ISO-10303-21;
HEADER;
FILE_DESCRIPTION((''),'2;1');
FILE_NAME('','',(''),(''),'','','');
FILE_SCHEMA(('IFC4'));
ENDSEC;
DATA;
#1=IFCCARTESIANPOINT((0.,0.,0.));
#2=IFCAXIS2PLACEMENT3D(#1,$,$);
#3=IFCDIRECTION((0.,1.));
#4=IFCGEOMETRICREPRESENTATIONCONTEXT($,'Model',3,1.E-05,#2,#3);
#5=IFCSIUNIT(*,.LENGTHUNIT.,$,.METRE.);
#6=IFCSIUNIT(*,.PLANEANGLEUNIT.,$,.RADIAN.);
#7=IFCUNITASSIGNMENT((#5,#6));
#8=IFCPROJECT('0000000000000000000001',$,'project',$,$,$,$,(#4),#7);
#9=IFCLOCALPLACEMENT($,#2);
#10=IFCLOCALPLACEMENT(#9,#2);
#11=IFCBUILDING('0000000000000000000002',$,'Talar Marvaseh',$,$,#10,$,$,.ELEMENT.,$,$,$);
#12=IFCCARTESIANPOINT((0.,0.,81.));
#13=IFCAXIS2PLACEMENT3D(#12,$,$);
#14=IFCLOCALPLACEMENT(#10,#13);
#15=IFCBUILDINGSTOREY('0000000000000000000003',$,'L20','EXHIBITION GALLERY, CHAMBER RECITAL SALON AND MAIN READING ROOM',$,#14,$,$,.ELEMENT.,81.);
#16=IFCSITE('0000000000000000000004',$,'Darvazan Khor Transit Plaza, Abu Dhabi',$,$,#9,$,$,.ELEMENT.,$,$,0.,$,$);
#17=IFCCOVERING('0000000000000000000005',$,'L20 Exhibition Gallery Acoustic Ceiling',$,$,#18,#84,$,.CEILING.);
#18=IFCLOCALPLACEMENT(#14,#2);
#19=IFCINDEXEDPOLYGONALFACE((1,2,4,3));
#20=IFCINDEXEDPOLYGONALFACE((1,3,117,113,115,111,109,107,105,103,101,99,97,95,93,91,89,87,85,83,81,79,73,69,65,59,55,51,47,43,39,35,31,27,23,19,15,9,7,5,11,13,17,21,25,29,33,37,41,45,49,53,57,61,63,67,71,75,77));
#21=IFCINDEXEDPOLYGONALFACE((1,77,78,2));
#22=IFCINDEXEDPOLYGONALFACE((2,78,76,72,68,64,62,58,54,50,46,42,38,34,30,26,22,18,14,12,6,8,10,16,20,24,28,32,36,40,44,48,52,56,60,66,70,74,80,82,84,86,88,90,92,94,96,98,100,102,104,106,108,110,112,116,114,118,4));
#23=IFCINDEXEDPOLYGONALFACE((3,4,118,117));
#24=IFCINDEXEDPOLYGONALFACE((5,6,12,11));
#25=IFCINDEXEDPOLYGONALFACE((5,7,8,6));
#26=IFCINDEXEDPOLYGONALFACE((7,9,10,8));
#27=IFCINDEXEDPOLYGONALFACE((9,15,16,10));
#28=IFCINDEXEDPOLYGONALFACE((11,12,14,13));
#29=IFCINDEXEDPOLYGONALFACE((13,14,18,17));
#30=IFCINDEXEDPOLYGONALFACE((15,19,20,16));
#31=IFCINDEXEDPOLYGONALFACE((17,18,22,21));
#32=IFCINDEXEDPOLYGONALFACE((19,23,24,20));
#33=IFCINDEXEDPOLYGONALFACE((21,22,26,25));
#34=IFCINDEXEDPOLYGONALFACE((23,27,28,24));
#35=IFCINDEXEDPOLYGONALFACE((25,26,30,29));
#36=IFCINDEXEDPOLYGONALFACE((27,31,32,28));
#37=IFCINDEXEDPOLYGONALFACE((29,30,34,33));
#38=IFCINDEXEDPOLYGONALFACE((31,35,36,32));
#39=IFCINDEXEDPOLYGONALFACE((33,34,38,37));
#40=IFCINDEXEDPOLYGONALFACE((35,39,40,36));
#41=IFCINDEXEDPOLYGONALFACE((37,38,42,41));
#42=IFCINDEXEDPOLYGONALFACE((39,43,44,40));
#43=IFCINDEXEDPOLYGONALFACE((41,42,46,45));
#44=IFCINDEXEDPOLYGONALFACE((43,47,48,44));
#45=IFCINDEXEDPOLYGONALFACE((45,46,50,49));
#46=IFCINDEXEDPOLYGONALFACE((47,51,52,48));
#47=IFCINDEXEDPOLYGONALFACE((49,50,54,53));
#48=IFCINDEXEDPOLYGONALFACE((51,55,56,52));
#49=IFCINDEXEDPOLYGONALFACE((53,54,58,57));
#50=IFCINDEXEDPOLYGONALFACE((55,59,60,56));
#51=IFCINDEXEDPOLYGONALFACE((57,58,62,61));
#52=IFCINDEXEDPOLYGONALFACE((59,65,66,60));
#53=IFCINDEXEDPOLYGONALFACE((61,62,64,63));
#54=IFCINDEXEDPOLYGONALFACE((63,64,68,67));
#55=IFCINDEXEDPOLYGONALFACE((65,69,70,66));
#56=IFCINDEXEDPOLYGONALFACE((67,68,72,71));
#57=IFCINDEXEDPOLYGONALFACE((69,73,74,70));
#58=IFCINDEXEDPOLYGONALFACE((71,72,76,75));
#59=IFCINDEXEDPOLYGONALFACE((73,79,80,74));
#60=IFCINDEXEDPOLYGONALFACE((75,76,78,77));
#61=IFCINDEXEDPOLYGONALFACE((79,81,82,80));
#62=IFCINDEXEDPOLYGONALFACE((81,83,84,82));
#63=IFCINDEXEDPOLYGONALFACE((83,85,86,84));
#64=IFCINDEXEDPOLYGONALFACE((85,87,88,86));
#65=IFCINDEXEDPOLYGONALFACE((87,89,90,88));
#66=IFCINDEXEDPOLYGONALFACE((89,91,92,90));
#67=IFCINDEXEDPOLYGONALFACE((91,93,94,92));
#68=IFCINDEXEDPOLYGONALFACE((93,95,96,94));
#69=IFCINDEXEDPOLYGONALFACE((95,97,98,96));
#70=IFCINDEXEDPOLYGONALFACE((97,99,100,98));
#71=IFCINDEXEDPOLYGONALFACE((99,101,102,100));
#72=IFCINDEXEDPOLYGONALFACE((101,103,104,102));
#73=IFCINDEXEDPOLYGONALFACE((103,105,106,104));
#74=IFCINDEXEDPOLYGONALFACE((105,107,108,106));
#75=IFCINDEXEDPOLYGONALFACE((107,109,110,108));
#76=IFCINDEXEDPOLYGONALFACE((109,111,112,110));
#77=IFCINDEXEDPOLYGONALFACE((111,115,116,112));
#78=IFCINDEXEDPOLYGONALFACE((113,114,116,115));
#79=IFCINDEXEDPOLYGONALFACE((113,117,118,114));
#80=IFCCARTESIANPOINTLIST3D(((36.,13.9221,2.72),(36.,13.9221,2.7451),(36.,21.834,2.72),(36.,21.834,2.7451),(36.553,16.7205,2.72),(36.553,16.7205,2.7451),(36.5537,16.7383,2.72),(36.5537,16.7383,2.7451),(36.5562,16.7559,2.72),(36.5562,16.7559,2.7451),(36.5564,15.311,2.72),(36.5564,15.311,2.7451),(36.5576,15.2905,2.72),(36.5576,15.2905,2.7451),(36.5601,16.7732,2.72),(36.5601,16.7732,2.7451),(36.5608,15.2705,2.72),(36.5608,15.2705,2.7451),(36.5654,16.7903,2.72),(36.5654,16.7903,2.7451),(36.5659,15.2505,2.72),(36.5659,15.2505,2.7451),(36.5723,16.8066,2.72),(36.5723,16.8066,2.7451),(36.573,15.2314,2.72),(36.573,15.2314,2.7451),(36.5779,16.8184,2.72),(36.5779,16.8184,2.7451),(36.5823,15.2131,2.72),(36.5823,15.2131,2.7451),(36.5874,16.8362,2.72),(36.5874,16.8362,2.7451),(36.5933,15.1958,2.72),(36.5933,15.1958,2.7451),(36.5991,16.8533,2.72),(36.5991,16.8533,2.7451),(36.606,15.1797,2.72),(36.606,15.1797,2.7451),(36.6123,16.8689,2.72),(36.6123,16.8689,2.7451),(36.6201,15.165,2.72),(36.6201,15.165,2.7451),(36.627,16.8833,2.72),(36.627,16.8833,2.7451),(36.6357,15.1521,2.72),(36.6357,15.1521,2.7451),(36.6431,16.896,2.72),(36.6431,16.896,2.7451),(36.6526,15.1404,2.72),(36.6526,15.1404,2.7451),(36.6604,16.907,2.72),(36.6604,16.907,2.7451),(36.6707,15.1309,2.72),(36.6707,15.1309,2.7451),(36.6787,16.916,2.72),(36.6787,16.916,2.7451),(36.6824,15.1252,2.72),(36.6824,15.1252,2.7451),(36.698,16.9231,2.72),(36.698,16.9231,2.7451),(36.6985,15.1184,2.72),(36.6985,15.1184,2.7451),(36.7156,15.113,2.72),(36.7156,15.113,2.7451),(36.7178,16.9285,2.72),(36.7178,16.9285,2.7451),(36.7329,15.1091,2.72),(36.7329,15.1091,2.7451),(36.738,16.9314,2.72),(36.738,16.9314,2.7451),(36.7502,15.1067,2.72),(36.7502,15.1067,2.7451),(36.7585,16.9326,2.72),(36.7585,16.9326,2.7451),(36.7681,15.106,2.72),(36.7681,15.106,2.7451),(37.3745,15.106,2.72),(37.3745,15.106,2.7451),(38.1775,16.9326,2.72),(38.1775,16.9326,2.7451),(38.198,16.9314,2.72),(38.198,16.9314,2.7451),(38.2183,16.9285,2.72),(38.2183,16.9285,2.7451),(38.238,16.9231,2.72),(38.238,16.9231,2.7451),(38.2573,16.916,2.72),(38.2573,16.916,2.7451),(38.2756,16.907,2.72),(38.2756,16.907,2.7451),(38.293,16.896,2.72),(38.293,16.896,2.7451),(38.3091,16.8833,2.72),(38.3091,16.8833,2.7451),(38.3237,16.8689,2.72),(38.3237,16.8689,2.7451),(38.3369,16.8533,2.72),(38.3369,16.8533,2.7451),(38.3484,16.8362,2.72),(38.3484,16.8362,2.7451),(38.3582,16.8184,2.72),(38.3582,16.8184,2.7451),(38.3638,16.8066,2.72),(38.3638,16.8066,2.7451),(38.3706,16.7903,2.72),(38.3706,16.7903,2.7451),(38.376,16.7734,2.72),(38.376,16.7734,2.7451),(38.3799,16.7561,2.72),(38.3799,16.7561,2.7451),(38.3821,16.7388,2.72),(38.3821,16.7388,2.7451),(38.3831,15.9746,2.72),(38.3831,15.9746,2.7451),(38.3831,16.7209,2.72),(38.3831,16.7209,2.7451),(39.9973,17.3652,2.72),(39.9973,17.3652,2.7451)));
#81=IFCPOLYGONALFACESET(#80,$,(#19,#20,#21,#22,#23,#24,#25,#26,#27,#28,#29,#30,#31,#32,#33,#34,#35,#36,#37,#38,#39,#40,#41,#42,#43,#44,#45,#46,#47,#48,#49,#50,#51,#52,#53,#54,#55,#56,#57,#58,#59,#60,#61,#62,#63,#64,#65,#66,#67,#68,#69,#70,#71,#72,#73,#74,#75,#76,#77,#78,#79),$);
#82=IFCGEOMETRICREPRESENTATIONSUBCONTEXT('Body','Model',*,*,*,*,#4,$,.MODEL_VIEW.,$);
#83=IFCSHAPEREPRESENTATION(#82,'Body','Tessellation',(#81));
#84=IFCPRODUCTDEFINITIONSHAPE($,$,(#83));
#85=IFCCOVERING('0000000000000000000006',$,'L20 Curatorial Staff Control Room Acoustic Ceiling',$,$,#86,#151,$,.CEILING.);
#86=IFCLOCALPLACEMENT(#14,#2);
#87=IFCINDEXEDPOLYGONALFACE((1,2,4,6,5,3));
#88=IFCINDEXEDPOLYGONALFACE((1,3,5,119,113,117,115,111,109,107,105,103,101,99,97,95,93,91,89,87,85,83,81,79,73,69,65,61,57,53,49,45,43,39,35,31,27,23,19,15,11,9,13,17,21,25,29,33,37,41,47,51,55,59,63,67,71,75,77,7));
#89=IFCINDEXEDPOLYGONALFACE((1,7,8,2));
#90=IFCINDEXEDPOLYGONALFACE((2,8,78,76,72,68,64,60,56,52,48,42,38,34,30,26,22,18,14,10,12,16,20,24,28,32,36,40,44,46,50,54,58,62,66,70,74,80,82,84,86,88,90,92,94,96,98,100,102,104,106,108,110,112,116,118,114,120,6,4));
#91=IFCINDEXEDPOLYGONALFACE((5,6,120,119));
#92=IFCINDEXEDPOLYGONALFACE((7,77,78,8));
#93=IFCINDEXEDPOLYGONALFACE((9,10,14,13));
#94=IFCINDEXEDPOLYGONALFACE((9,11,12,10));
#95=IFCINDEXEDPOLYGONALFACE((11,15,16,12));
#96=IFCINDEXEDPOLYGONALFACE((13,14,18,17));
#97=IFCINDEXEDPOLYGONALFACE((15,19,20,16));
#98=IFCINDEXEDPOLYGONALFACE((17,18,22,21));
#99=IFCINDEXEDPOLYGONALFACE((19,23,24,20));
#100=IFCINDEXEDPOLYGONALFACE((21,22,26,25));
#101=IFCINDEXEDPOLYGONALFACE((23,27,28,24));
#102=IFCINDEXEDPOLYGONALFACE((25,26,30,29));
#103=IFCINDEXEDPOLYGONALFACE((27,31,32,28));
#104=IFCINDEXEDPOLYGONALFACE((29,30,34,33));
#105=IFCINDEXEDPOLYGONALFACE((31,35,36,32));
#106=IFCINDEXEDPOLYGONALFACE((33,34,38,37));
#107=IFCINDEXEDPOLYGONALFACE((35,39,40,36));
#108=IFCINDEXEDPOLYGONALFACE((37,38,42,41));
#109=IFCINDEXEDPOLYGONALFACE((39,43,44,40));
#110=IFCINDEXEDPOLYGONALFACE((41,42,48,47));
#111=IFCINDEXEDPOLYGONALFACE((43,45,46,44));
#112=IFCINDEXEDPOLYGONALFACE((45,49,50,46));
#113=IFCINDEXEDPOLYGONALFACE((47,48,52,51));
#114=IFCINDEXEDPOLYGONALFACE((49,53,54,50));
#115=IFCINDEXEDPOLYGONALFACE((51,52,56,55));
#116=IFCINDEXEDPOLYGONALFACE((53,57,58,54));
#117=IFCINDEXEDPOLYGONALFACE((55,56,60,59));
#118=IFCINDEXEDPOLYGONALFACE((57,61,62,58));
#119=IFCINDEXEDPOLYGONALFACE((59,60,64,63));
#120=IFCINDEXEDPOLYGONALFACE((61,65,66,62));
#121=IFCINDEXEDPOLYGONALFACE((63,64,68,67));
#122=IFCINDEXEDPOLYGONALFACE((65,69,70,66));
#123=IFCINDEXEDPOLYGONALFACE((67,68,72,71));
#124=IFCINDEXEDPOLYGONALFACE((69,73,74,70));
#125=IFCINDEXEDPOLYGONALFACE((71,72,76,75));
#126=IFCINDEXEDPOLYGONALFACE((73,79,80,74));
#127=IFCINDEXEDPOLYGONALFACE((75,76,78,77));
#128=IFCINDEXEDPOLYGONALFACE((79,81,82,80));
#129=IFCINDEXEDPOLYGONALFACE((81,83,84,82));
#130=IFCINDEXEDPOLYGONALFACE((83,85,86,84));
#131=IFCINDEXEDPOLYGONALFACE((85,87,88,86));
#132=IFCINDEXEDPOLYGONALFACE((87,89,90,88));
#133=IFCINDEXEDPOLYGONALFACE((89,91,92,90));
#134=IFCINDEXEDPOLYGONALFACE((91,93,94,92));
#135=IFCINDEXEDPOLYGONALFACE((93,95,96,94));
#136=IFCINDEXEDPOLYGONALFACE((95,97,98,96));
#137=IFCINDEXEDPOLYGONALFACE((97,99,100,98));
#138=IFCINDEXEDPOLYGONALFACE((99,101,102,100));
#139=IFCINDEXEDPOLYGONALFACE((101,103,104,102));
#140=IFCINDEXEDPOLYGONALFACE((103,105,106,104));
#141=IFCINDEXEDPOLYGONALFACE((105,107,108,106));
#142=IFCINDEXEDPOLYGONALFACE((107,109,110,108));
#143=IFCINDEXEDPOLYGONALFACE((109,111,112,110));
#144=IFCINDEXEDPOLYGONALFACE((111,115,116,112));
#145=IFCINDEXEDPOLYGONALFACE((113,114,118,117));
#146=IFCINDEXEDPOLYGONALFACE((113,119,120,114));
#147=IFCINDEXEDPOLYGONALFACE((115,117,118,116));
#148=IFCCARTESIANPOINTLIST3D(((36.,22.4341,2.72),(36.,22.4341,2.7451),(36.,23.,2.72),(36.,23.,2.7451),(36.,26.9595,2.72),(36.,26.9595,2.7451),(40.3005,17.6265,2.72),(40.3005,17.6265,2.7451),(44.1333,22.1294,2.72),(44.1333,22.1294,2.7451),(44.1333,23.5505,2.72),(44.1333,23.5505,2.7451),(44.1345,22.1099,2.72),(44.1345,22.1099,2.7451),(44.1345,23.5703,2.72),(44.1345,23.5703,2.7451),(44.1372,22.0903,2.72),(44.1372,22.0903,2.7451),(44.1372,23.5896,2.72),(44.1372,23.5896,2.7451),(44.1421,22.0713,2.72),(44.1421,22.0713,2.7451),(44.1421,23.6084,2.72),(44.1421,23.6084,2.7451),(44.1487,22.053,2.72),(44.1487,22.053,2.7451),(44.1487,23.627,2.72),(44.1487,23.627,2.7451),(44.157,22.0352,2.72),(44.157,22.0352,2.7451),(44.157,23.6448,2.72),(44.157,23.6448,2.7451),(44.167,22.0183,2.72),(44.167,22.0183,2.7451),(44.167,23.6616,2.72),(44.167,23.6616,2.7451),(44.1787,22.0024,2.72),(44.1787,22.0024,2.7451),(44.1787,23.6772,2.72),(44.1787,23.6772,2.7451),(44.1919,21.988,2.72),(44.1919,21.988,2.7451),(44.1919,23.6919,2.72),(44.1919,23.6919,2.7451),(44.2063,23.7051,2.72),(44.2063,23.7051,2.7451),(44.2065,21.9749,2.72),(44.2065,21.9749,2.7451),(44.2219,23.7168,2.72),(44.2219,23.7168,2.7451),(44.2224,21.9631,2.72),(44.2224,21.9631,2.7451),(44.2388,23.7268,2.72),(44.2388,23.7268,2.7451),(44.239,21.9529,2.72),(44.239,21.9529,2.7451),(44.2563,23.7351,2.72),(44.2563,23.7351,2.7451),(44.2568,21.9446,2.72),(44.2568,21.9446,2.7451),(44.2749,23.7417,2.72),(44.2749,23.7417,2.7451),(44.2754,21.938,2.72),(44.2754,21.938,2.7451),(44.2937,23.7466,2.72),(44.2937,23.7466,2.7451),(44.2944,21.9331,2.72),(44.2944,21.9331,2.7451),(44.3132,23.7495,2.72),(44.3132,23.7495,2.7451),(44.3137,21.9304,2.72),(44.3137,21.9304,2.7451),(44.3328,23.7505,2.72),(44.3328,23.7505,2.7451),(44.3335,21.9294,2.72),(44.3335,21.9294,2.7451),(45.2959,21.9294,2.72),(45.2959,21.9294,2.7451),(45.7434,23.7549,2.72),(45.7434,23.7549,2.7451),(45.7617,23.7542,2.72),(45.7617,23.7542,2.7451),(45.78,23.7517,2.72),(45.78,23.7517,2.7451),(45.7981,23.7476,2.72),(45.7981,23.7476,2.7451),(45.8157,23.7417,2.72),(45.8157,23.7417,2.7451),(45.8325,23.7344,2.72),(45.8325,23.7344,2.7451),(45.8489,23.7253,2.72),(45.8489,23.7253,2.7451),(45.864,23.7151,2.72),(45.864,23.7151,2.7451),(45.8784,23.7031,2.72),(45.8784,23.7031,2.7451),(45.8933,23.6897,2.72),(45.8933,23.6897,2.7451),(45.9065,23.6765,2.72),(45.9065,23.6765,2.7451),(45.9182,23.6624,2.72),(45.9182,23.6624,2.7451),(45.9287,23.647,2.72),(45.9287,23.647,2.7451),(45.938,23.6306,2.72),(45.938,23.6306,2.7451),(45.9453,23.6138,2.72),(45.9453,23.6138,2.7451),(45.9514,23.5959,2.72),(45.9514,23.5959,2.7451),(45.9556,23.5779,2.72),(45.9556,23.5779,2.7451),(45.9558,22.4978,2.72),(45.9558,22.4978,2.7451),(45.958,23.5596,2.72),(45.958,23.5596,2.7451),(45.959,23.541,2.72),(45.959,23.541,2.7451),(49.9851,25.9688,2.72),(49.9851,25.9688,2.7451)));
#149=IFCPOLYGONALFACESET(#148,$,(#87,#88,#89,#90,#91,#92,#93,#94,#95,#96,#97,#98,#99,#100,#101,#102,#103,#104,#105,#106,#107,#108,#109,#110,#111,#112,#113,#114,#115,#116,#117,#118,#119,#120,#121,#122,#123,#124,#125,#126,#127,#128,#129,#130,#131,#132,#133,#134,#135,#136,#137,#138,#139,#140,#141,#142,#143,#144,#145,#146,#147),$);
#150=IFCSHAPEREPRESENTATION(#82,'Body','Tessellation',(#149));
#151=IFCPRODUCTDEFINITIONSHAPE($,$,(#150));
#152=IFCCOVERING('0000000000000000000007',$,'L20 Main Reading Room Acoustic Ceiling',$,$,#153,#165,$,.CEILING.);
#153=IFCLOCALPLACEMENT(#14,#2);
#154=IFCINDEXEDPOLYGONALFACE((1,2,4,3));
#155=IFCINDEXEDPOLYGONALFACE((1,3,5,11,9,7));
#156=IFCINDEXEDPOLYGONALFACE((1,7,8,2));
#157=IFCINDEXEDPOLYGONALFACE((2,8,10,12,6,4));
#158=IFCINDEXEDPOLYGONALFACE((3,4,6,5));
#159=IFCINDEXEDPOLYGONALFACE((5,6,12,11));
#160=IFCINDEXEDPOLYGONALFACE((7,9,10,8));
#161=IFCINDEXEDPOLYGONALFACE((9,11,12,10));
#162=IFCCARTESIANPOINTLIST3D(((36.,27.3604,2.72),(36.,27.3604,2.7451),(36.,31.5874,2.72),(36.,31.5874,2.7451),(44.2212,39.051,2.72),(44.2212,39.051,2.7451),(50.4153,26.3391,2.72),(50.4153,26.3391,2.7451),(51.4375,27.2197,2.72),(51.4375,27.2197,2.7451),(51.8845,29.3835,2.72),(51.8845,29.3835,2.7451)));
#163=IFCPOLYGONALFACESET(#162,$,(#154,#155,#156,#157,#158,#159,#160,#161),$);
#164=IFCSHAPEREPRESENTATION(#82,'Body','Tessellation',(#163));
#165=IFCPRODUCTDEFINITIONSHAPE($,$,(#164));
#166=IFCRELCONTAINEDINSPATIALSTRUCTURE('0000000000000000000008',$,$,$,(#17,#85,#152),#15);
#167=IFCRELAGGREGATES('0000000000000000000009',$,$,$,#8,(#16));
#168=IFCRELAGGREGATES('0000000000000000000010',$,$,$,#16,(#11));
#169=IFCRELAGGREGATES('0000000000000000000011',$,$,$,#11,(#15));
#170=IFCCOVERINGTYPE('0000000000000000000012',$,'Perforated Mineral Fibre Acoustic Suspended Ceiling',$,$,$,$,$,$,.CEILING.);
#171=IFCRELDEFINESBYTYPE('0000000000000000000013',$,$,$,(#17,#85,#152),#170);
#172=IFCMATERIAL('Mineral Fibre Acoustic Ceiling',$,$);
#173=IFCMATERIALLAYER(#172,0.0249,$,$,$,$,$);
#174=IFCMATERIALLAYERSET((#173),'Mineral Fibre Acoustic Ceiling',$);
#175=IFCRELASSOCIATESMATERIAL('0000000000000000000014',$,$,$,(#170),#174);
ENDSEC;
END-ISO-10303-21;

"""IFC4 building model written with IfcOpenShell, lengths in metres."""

from ifc_helpers import new_model, si_unit, direction, frame, origin, place, context, subcontext, project, spatial, polyline, outline, extrude, material, layer, layer_set, type_object, element, save


model = new_model("IFC4")

# Units and contexts
model_context = context("Model", 3, precision=1e-05, world=origin(), true_north=direction((0.0, 1.0)))
body_context = subcontext(model_context, "Body", "Model", "MODEL_VIEW")
ifc_project = project(units=[si_unit("LENGTHUNIT", "METRE"), si_unit("PLANEANGLEUNIT", "RADIAN")], contexts=[model_context])

# Site, building, storey
site_placement = place(None, origin())
site = spatial("IfcSite", under=ifc_project, at=site_placement, Name="Darvazan Khor Transit Plaza, Abu Dhabi", CompositionType="ELEMENT", RefElevation=0.0)
building_placement = place(site_placement, origin())
building = spatial("IfcBuilding", under=site, at=building_placement, Name="Talar Marvaseh", CompositionType="ELEMENT")
storey_placement = place(building_placement, frame((0.0, 0.0, 81.0)))
storey = spatial("IfcBuildingStorey", under=building, at=storey_placement, Name="L20", Description="EXHIBITION GALLERY, CHAMBER RECITAL SALON AND MAIN READING ROOM", CompositionType="ELEMENT", Elevation=81.0)

# Coverings
ifc_material_1 = material(Name="Mineral Fibre Acoustic Ceiling")
ifc_layer_1 = layer(ifc_material_1, 0.0249)
ifc_layer_set_1 = layer_set([ifc_layer_1], Name="Mineral Fibre Acoustic Ceiling")
covering_type_1 = type_object("IfcCoveringType", Name="Perforated Mineral Fibre Acoustic Suspended Ceiling", PredefinedType="CEILING", material=ifc_layer_set_1)
covering_1_placement = place(storey_placement, frame((0.0, 0.0, 2.72)))
element("IfcCovering", 1, at=covering_1_placement, inside=storey, type_object=covering_type_1, Name="L20 Exhibition Gallery Acoustic Ceiling", PredefinedType="CEILING", context=body_context, shape_type="SweptSolid", body=[
    extrude(outline(polyline([(38.3831, 15.9746), (38.3831, 16.7209), (38.3821, 16.7388), (38.3799, 16.7561), (38.376, 16.7734), (38.3706, 16.7903), (38.3638, 16.8066), (38.3582, 16.8184), (38.3484, 16.8362), (38.3369, 16.8533), (38.3237, 16.8689), (38.3091, 16.8833), (38.293, 16.896), (38.2756, 16.907), (38.2573, 16.916), (38.238, 16.9231), (38.2183, 16.9285), (38.198, 16.9314), (38.1775, 16.9326), (36.7585, 16.9326), (36.738, 16.9314), (36.7178, 16.9285), (36.698, 16.9231), (36.6787, 16.916), (36.6604, 16.907), (36.6431, 16.896), (36.627, 16.8833), (36.6123, 16.8689), (36.5991, 16.8533), (36.5874, 16.8362), (36.5779, 16.8184), (36.5723, 16.8066), (36.5654, 16.7903), (36.5601, 16.7732), (36.5562, 16.7559), (36.5537, 16.7383), (36.553, 16.7205), (36.5564, 15.311), (36.5576, 15.2905), (36.5608, 15.2705), (36.5659, 15.2505), (36.573, 15.2314), (36.5823, 15.2131), (36.5933, 15.1958), (36.606, 15.1797), (36.6201, 15.165), (36.6357, 15.1521), (36.6526, 15.1404), (36.6707, 15.1309), (36.6824, 15.1252), (36.6985, 15.1184), (36.7156, 15.113), (36.7329, 15.1091), (36.7502, 15.1067), (36.7681, 15.106), (37.3745, 15.106), (36.0, 13.9221), (36.0, 21.834), (39.9973, 17.3652), (38.3831, 15.9746)])), origin(), (0.0, 0.0, 1.0), 0.0251),
])
covering_2_placement = place(storey_placement, frame((0.0, 0.0, 2.72)))
element("IfcCovering", 2, at=covering_2_placement, inside=storey, type_object=covering_type_1, Name="L20 Curatorial Staff Control Room Acoustic Ceiling", PredefinedType="CEILING", context=body_context, shape_type="SweptSolid", body=[
    extrude(outline(polyline([(49.9851, 25.9688), (45.9558, 22.4978), (45.959, 23.541), (45.958, 23.5596), (45.9556, 23.5779), (45.9514, 23.5959), (45.9453, 23.6138), (45.938, 23.6306), (45.9287, 23.647), (45.9182, 23.6624), (45.9065, 23.6765), (45.8933, 23.6897), (45.8784, 23.7031), (45.864, 23.7151), (45.8489, 23.7253), (45.8325, 23.7344), (45.8157, 23.7417), (45.7981, 23.7476), (45.78, 23.7517), (45.7617, 23.7542), (45.7434, 23.7549), (44.3328, 23.7505), (44.3132, 23.7495), (44.2937, 23.7466), (44.2749, 23.7417), (44.2563, 23.7351), (44.2388, 23.7268), (44.2219, 23.7168), (44.2063, 23.7051), (44.1919, 23.6919), (44.1787, 23.6772), (44.167, 23.6616), (44.157, 23.6448), (44.1487, 23.627), (44.1421, 23.6084), (44.1372, 23.5896), (44.1345, 23.5703), (44.1333, 23.5505), (44.1333, 22.1294), (44.1345, 22.1099), (44.1372, 22.0903), (44.1421, 22.0713), (44.1487, 22.053), (44.157, 22.0352), (44.167, 22.0183), (44.1787, 22.0024), (44.1919, 21.988), (44.2065, 21.9749), (44.2224, 21.9631), (44.239, 21.9529), (44.2568, 21.9446), (44.2754, 21.938), (44.2944, 21.9331), (44.3137, 21.9304), (44.3335, 21.9294), (45.2959, 21.9294), (40.3005, 17.6265), (36.0, 22.4341), (36.0, 23.0), (36.0, 26.9595), (49.9851, 25.9688)])), origin(), (0.0, 0.0, 1.0), 0.0251),
])
covering_3_placement = place(storey_placement, frame((0.0, 0.0, 2.72)))
element("IfcCovering", 3, at=covering_3_placement, inside=storey, type_object=covering_type_1, Name="L20 Main Reading Room Acoustic Ceiling", PredefinedType="CEILING", context=body_context, shape_type="SweptSolid", body=[
    extrude(outline(polyline([(36.0, 27.3604), (36.0, 31.5874), (44.2212, 39.051), (51.8845, 29.3835), (51.4375, 27.2197), (50.4153, 26.3391), (36.0, 27.3604)])), origin(), (0.0, 0.0, 1.0), 0.0251),
])

save(model, "model.ifc")
